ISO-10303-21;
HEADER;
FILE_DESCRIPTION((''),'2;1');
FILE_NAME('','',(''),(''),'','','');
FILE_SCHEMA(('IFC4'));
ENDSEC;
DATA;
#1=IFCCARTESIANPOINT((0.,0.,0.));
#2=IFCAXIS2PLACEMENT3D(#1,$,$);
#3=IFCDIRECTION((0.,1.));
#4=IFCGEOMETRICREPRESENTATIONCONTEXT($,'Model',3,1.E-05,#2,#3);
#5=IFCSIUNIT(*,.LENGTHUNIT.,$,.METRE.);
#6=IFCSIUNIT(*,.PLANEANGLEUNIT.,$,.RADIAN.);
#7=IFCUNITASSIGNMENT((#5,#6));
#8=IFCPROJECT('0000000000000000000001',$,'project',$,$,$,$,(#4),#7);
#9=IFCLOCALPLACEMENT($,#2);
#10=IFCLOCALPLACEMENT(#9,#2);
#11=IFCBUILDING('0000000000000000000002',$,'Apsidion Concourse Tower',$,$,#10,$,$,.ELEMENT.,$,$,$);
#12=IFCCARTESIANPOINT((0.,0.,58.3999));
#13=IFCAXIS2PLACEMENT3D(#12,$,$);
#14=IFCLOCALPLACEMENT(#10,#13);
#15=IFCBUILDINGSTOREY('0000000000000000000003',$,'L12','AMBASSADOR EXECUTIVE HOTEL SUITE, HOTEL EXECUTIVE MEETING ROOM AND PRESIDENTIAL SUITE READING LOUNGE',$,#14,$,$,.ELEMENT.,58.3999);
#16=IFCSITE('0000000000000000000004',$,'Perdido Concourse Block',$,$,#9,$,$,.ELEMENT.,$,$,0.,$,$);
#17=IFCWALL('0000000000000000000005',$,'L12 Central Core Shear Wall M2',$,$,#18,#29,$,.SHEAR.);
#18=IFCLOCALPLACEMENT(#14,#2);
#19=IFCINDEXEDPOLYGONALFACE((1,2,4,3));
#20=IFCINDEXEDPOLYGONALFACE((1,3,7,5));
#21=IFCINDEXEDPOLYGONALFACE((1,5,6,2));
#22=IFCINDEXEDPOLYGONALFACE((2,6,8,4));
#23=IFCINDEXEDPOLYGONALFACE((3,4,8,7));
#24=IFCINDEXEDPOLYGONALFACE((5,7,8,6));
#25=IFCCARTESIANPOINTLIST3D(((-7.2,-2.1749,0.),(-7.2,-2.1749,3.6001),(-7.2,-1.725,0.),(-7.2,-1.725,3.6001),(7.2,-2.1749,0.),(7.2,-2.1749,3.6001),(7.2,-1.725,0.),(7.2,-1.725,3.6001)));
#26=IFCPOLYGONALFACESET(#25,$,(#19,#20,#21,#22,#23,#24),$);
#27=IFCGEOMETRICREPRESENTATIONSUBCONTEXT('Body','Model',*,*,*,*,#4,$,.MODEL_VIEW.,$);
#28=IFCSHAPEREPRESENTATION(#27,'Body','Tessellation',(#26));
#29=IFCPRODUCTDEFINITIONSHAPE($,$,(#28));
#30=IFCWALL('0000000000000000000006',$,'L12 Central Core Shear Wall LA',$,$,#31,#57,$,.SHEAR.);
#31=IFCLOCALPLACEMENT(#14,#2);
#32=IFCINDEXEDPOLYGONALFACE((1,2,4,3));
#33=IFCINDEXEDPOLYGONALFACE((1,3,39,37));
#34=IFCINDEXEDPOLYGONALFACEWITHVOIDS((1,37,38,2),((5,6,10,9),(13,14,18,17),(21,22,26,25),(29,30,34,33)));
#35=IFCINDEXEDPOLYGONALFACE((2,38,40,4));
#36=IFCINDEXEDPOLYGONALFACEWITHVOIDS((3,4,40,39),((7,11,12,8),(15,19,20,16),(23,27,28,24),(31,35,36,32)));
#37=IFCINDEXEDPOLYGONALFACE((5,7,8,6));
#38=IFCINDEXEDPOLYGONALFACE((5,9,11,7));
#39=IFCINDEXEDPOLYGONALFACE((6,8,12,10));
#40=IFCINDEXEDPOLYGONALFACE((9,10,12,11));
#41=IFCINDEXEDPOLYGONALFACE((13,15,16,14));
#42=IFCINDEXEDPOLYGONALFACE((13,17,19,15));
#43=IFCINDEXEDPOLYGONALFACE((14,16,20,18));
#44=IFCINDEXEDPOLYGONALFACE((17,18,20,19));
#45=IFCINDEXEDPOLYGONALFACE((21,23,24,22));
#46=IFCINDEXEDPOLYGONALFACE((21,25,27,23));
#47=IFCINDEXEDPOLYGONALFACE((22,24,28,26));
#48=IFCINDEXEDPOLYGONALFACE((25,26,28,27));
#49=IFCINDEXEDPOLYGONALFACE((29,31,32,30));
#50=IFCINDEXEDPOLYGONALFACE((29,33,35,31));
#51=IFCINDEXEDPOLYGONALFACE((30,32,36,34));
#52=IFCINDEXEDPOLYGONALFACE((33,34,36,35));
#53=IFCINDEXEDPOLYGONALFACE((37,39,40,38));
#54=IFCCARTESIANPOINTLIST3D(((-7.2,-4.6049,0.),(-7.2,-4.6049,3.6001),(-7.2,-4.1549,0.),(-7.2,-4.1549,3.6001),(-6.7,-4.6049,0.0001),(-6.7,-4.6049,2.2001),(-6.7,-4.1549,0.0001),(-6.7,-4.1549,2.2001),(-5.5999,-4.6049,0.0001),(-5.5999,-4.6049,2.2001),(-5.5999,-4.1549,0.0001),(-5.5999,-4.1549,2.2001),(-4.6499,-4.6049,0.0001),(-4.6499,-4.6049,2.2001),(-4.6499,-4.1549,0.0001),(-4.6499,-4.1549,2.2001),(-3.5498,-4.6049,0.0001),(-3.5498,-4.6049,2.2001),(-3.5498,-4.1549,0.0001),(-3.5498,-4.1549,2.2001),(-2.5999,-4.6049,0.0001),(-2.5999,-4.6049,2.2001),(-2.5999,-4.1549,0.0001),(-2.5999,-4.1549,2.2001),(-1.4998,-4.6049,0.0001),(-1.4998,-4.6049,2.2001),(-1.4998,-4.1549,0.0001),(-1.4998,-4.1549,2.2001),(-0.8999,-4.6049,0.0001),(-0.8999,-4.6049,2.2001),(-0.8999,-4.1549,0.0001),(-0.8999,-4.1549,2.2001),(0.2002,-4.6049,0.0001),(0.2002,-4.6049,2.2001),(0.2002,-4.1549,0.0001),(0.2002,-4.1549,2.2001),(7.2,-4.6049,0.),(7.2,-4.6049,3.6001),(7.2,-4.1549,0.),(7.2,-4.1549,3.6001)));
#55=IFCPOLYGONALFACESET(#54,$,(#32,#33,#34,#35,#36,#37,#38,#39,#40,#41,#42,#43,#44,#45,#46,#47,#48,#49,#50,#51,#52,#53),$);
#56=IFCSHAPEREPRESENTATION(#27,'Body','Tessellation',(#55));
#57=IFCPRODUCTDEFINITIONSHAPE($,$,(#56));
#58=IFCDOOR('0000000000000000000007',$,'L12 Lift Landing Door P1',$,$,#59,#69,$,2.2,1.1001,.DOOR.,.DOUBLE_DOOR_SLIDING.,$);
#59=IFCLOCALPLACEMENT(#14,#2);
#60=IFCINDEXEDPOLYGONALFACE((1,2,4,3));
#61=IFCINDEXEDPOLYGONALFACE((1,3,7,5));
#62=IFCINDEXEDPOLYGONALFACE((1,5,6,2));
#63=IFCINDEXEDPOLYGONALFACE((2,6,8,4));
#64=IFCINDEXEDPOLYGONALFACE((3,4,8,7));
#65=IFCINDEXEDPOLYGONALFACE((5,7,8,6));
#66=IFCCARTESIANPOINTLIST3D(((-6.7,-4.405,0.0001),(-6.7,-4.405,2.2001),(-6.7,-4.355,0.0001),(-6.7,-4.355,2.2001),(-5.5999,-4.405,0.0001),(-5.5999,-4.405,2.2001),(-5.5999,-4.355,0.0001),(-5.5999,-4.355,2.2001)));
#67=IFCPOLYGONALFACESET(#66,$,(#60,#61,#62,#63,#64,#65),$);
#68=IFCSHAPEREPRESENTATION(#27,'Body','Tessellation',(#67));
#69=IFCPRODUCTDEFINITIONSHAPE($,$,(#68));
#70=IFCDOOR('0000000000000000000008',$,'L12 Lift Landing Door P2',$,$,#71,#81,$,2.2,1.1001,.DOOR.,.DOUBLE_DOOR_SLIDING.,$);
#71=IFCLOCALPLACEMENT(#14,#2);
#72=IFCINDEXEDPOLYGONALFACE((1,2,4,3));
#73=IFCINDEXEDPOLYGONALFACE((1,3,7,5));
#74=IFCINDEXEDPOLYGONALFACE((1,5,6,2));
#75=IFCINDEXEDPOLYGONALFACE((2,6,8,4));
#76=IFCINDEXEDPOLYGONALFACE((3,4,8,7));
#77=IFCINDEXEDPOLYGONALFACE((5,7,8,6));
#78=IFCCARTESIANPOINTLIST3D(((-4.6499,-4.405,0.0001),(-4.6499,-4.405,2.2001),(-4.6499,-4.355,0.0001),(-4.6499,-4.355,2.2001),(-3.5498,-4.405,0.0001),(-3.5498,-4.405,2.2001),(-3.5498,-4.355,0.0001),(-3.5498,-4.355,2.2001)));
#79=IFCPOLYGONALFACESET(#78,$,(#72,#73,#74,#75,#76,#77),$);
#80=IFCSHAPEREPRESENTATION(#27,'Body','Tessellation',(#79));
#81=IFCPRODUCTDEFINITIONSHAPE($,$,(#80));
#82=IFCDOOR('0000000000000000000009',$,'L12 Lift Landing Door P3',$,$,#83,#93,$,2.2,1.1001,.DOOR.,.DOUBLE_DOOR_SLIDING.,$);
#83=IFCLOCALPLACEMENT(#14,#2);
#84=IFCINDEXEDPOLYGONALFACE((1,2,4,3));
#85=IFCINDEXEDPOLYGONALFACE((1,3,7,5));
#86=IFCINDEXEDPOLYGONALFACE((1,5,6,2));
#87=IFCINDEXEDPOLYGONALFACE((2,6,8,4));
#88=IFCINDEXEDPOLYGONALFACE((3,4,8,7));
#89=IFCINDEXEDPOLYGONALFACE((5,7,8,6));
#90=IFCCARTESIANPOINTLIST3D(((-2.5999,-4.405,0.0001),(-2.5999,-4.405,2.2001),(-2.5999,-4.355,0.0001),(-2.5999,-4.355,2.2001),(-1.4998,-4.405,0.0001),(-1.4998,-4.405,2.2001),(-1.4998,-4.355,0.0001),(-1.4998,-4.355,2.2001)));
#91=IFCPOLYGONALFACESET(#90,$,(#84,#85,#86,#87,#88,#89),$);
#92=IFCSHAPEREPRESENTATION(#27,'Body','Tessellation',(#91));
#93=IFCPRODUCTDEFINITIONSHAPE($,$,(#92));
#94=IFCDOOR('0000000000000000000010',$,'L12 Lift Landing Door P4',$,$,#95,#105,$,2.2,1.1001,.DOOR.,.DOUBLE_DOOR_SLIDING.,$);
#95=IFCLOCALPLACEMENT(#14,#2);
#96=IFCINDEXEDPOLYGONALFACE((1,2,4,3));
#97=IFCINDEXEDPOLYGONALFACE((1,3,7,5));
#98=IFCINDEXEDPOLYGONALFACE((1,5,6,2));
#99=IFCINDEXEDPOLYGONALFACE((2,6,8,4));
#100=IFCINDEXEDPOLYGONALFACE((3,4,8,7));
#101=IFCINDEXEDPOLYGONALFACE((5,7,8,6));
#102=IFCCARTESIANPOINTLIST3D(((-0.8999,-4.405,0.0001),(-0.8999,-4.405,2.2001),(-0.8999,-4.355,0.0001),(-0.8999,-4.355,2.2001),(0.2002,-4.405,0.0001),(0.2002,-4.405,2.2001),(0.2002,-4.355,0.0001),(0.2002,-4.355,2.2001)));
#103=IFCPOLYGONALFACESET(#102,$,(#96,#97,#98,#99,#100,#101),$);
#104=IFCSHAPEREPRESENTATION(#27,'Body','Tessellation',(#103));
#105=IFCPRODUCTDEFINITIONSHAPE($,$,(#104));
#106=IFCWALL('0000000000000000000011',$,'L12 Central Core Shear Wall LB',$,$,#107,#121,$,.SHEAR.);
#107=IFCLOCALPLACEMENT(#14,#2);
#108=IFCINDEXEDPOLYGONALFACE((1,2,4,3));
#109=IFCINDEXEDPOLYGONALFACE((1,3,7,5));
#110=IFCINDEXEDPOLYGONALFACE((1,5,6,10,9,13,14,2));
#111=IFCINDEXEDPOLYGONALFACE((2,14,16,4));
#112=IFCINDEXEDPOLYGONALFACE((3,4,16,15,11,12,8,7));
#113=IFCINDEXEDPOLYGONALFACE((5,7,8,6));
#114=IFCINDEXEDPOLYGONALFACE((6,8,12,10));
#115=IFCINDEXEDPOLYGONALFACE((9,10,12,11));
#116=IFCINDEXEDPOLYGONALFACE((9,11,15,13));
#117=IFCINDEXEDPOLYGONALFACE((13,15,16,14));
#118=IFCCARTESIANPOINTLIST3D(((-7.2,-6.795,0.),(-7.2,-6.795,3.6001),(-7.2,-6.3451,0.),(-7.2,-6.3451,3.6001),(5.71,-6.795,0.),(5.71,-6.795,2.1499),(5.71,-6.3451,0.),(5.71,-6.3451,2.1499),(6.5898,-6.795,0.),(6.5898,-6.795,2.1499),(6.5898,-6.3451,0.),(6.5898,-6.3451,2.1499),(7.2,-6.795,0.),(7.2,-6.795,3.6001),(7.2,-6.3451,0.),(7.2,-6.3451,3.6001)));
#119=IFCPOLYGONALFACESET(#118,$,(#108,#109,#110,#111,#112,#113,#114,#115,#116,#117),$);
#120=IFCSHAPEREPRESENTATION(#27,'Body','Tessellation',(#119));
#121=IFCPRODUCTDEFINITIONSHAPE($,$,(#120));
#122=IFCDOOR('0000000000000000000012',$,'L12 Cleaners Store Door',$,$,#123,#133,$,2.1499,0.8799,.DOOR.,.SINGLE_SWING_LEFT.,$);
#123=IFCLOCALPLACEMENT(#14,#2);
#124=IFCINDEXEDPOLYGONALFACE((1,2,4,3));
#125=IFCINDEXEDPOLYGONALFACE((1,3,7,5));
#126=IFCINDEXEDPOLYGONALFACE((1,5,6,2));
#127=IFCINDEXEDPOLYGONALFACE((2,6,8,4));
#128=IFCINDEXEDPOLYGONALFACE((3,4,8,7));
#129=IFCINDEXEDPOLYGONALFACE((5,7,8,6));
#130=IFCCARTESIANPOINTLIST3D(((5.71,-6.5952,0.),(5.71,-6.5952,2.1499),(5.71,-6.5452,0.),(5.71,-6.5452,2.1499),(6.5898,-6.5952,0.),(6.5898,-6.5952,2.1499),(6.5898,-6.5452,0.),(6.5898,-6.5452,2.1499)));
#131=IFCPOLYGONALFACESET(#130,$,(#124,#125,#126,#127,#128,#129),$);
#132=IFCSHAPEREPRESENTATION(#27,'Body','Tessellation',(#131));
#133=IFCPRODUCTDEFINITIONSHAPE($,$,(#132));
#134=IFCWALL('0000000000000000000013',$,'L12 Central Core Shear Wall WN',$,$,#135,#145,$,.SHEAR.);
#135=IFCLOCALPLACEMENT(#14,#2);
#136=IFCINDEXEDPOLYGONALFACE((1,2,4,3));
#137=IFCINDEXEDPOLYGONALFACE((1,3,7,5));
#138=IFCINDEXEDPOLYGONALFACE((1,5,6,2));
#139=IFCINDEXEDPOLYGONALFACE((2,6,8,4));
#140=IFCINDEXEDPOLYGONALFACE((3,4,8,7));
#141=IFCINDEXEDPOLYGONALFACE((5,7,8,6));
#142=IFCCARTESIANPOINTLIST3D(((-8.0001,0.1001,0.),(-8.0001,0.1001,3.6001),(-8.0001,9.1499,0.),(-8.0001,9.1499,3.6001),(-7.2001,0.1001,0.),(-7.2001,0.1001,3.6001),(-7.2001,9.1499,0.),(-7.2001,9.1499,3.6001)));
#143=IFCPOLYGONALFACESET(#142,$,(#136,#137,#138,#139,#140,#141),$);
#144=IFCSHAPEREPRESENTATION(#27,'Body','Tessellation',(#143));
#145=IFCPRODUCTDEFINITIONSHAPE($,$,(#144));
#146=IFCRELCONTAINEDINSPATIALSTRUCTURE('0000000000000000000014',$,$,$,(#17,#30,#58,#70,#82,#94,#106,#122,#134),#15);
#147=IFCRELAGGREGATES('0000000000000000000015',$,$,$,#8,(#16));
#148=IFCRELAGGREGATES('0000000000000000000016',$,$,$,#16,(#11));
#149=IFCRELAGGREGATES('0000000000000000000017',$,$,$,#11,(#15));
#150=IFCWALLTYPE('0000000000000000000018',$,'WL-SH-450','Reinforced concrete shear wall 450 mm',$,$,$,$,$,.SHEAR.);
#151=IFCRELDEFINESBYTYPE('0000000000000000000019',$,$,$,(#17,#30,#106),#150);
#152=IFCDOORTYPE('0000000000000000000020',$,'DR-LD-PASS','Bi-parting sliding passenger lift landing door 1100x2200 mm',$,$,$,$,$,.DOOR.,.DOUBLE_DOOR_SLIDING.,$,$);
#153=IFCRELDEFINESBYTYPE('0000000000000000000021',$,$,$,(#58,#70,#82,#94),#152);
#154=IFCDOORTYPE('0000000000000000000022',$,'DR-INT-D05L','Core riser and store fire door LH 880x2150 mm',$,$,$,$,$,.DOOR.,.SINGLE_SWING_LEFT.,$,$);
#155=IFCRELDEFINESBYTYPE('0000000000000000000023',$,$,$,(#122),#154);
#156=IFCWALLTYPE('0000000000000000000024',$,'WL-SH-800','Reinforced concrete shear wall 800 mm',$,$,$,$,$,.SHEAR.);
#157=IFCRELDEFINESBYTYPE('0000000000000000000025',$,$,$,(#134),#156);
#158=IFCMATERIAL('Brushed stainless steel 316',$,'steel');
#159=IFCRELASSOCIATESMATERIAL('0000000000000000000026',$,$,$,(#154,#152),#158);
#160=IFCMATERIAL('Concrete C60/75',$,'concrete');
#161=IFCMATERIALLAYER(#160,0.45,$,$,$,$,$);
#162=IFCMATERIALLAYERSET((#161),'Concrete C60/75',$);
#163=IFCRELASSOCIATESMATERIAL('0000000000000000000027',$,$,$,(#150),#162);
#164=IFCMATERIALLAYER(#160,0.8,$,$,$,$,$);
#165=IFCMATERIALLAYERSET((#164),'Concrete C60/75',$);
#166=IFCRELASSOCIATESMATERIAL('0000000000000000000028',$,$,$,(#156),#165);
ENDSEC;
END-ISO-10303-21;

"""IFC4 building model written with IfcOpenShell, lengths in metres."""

from ifc_helpers import new_model, si_unit, direction, frame, frame_2d, origin, place, context, subcontext, project, spatial, rectangle, extrude, material, layer, layer_set, type_object, element, fill, save


model = new_model("IFC4")

# Units and contexts
model_context = context("Model", 3, precision=1e-05, world=origin(), true_north=direction((0.0, 1.0)))
body_context = subcontext(model_context, "Body", "Model", "MODEL_VIEW")
ifc_project = project(units=[si_unit("LENGTHUNIT", "METRE"), si_unit("PLANEANGLEUNIT", "RADIAN")], contexts=[model_context])

# Site, building, storey
site_placement = place(None, origin())
site = spatial("IfcSite", under=ifc_project, at=site_placement, Name="Perdido Concourse Block", CompositionType="ELEMENT", RefElevation=0.0)
building_placement = place(site_placement, origin())
building = spatial("IfcBuilding", under=site, at=building_placement, Name="Apsidion Concourse Tower", CompositionType="ELEMENT")
storey_placement = place(building_placement, frame((0.0, 0.0, 58.3999)))
storey = spatial("IfcBuildingStorey", under=building, at=storey_placement, Name="L12", Description="AMBASSADOR EXECUTIVE HOTEL SUITE, HOTEL EXECUTIVE MEETING ROOM AND PRESIDENTIAL SUITE READING LOUNGE", CompositionType="ELEMENT", Elevation=58.3999)

# Shared definitions
ifc_material_1 = material(Name="Brushed stainless steel 316", Category="steel")
door_type_1 = type_object("IfcDoorType", Name="DR-INT-D05L", Description="Core riser and store fire door LH 880x2150 mm", OperationType="SINGLE_SWING_LEFT", PredefinedType="DOOR", material=ifc_material_1)

# Wall
ifc_material_2 = material(Name="Concrete C60/75", Category="concrete")
ifc_layer_1 = layer(ifc_material_2, 0.45)
ifc_layer_set_1 = layer_set([ifc_layer_1], Name="Concrete C60/75")
wall_type_1 = type_object("IfcWallType", Name="WL-SH-450", Description="Reinforced concrete shear wall 450 mm", PredefinedType="SHEAR", material=ifc_layer_set_1)
wall_1_placement = place(storey_placement, frame((-7.2, -1.95, 0.0), z_axis=(0.0, 0.0, 1.0), x_axis=(1.0, 0.0, 0.0)))
element("IfcWall", 1, at=wall_1_placement, inside=storey, type_object=wall_type_1, Name="L12 Central Core Shear Wall M2", PredefinedType="SHEAR", context=body_context, shape_type="SweptSolid", body=[
    extrude(rectangle(XDim=14.3999, YDim=0.45, at=frame_2d((7.2, 0.0))), origin(), (0.0, 0.0, 1.0), 3.6001),
])

# Wall, openings, doors
wall_2_placement = place(storey_placement, frame((-7.2, -4.3799, 0.0), z_axis=(0.0, 0.0, 1.0), x_axis=(1.0, 0.0, 0.0)))
wall_2 = element("IfcWall", 2, at=wall_2_placement, inside=storey, type_object=wall_type_1, Name="L12 Central Core Shear Wall LA", PredefinedType="SHEAR", context=body_context, shape_type="SweptSolid", body=[
    extrude(rectangle(XDim=14.3999, YDim=0.45, at=frame_2d((7.2, 0.0))), origin(), (0.0, 0.0, 1.0), 3.6001),
])
opening_1_placement = place(wall_2_placement, frame((0.5, 0.0, 0.0)))
opening_1 = element("IfcOpeningElement", 3, at=opening_1_placement, cuts=wall_2, PredefinedType="OPENING", context=body_context, shape_type="SweptSolid", body=[
    extrude(rectangle(XDim=1.1001, YDim=2.2, at=frame_2d((0.55, 1.1001))), frame((0.0, 0.2349, 0.0), z_axis=(0.0, -1.0, 0.0), x_axis=(1.0, 0.0, 0.0)), (0.0, 0.0, 1.0), 0.47),
])
opening_2_placement = place(wall_2_placement, frame((2.55, 0.0, 0.0)))
opening_2 = element("IfcOpeningElement", 4, at=opening_2_placement, cuts=wall_2, PredefinedType="OPENING", context=body_context, shape_type="SweptSolid", body=[
    extrude(rectangle(XDim=1.1001, YDim=2.2, at=frame_2d((0.55, 1.1001))), frame((0.0, 0.2349, 0.0), z_axis=(0.0, -1.0, 0.0), x_axis=(1.0, 0.0, 0.0)), (0.0, 0.0, 1.0), 0.47),
])
opening_3_placement = place(wall_2_placement, frame((4.6001, 0.0, 0.0)))
opening_3 = element("IfcOpeningElement", 5, at=opening_3_placement, cuts=wall_2, PredefinedType="OPENING", context=body_context, shape_type="SweptSolid", body=[
    extrude(rectangle(XDim=1.1001, YDim=2.2, at=frame_2d((0.55, 1.1001))), frame((0.0, 0.2349, 0.0), z_axis=(0.0, -1.0, 0.0), x_axis=(1.0, 0.0, 0.0)), (0.0, 0.0, 1.0), 0.47),
])
opening_4_placement = place(wall_2_placement, frame((6.3, 0.0, 0.0)))
opening_4 = element("IfcOpeningElement", 6, at=opening_4_placement, cuts=wall_2, PredefinedType="OPENING", context=body_context, shape_type="SweptSolid", body=[
    extrude(rectangle(XDim=1.1001, YDim=2.2, at=frame_2d((0.55, 1.1001))), frame((0.0, 0.2349, 0.0), z_axis=(0.0, -1.0, 0.0), x_axis=(1.0, 0.0, 0.0)), (0.0, 0.0, 1.0), 0.47),
])
door_type_2 = type_object("IfcDoorType", Name="DR-LD-PASS", Description="Bi-parting sliding passenger lift landing door 1100x2200 mm", OperationType="DOUBLE_DOOR_SLIDING", PredefinedType="DOOR", material=ifc_material_1)
door_1_placement = place(opening_1_placement, origin())
door_1 = element("IfcDoor", 7, at=door_1_placement, inside=storey, type_object=door_type_2, Name="L12 Lift Landing Door P1", OperationType="DOUBLE_DOOR_SLIDING", OverallHeight=2.2, OverallWidth=1.1001, PredefinedType="DOOR", context=body_context, shape_type="SweptSolid", body=[
    extrude(rectangle(XDim=1.1001, YDim=2.2, at=frame_2d((0.55, 1.1001))), frame((0.0, 0.0249, 0.0), z_axis=(0.0, -1.0, 0.0), x_axis=(1.0, 0.0, 0.0)), (0.0, 0.0, 1.0), 0.05),
])
fill(opening_1, door_1)
door_2_placement = place(opening_2_placement, origin())
door_2 = element("IfcDoor", 8, at=door_2_placement, inside=storey, type_object=door_type_2, Name="L12 Lift Landing Door P2", OperationType="DOUBLE_DOOR_SLIDING", OverallHeight=2.2, OverallWidth=1.1001, PredefinedType="DOOR", context=body_context, shape_type="SweptSolid", body=[
    extrude(rectangle(XDim=1.1001, YDim=2.2, at=frame_2d((0.55, 1.1001))), frame((0.0, 0.0249, 0.0), z_axis=(0.0, -1.0, 0.0), x_axis=(1.0, 0.0, 0.0)), (0.0, 0.0, 1.0), 0.05),
])
fill(opening_2, door_2)
door_3_placement = place(opening_3_placement, origin())
door_3 = element("IfcDoor", 9, at=door_3_placement, inside=storey, type_object=door_type_2, Name="L12 Lift Landing Door P3", OperationType="DOUBLE_DOOR_SLIDING", OverallHeight=2.2, OverallWidth=1.1001, PredefinedType="DOOR", context=body_context, shape_type="SweptSolid", body=[
    extrude(rectangle(XDim=1.1001, YDim=2.2, at=frame_2d((0.55, 1.1001))), frame((0.0, 0.0249, 0.0), z_axis=(0.0, -1.0, 0.0), x_axis=(1.0, 0.0, 0.0)), (0.0, 0.0, 1.0), 0.05),
])
fill(opening_3, door_3)
door_4_placement = place(opening_4_placement, origin())
door_4 = element("IfcDoor", 10, at=door_4_placement, inside=storey, type_object=door_type_2, Name="L12 Lift Landing Door P4", OperationType="DOUBLE_DOOR_SLIDING", OverallHeight=2.2, OverallWidth=1.1001, PredefinedType="DOOR", context=body_context, shape_type="SweptSolid", body=[
    extrude(rectangle(XDim=1.1001, YDim=2.2, at=frame_2d((0.55, 1.1001))), frame((0.0, 0.0249, 0.0), z_axis=(0.0, -1.0, 0.0), x_axis=(1.0, 0.0, 0.0)), (0.0, 0.0, 1.0), 0.05),
])
fill(opening_4, door_4)

# Wall, opening, door
wall_3_placement = place(storey_placement, frame((-7.2, -6.5701, 0.0), z_axis=(0.0, 0.0, 1.0), x_axis=(1.0, 0.0, 0.0)))
wall_3 = element("IfcWall", 11, at=wall_3_placement, inside=storey, type_object=wall_type_1, Name="L12 Central Core Shear Wall LB", PredefinedType="SHEAR", context=body_context, shape_type="SweptSolid", body=[
    extrude(rectangle(XDim=14.3999, YDim=0.45, at=frame_2d((7.2, 0.0))), origin(), (0.0, 0.0, 1.0), 3.6001),
])
opening_5_placement = place(wall_3_placement, frame((12.9099, 0.0, 0.0)))
opening_5 = element("IfcOpeningElement", 12, at=opening_5_placement, cuts=wall_3, PredefinedType="OPENING", context=body_context, shape_type="SweptSolid", body=[
    extrude(rectangle(XDim=0.8799, YDim=2.1499, at=frame_2d((0.4399, 1.075))), frame((0.0, 0.2349, 0.0), z_axis=(0.0, -1.0, 0.0), x_axis=(1.0, 0.0, 0.0)), (0.0, 0.0, 1.0), 0.47),
])
door_5_placement = place(opening_5_placement, origin())
door_5 = element("IfcDoor", 13, at=door_5_placement, inside=storey, type_object=door_type_1, Name="L12 Cleaners Store Door", OperationType="SINGLE_SWING_LEFT", OverallHeight=2.1499, OverallWidth=0.8799, PredefinedType="DOOR", context=body_context, shape_type="SweptSolid", body=[
    extrude(rectangle(XDim=0.8799, YDim=2.1499, at=frame_2d((0.4399, 1.075))), frame((0.0, 0.0249, 0.0), z_axis=(0.0, -1.0, 0.0), x_axis=(1.0, 0.0, 0.0)), (0.0, 0.0, 1.0), 0.05),
])
fill(opening_5, door_5)

# Wall
ifc_layer_2 = layer(ifc_material_2, 0.8)
ifc_layer_set_2 = layer_set([ifc_layer_2], Name="Concrete C60/75")
wall_type_2 = type_object("IfcWallType", Name="WL-SH-800", Description="Reinforced concrete shear wall 800 mm", PredefinedType="SHEAR", material=ifc_layer_set_2)
wall_4_placement = place(storey_placement, frame((-7.6001, 0.1001, 0.0), z_axis=(0.0, 0.0, 1.0), x_axis=(0.0, 1.0, 0.0)))
element("IfcWall", 14, at=wall_4_placement, inside=storey, type_object=wall_type_2, Name="L12 Central Core Shear Wall WN", PredefinedType="SHEAR", context=body_context, shape_type="SweptSolid", body=[
    extrude(rectangle(XDim=9.0498, YDim=0.8, at=frame_2d((4.5249, 0.0))), origin(), (0.0, 0.0, 1.0), 3.6001),
])

save(model, "model.ifc")
